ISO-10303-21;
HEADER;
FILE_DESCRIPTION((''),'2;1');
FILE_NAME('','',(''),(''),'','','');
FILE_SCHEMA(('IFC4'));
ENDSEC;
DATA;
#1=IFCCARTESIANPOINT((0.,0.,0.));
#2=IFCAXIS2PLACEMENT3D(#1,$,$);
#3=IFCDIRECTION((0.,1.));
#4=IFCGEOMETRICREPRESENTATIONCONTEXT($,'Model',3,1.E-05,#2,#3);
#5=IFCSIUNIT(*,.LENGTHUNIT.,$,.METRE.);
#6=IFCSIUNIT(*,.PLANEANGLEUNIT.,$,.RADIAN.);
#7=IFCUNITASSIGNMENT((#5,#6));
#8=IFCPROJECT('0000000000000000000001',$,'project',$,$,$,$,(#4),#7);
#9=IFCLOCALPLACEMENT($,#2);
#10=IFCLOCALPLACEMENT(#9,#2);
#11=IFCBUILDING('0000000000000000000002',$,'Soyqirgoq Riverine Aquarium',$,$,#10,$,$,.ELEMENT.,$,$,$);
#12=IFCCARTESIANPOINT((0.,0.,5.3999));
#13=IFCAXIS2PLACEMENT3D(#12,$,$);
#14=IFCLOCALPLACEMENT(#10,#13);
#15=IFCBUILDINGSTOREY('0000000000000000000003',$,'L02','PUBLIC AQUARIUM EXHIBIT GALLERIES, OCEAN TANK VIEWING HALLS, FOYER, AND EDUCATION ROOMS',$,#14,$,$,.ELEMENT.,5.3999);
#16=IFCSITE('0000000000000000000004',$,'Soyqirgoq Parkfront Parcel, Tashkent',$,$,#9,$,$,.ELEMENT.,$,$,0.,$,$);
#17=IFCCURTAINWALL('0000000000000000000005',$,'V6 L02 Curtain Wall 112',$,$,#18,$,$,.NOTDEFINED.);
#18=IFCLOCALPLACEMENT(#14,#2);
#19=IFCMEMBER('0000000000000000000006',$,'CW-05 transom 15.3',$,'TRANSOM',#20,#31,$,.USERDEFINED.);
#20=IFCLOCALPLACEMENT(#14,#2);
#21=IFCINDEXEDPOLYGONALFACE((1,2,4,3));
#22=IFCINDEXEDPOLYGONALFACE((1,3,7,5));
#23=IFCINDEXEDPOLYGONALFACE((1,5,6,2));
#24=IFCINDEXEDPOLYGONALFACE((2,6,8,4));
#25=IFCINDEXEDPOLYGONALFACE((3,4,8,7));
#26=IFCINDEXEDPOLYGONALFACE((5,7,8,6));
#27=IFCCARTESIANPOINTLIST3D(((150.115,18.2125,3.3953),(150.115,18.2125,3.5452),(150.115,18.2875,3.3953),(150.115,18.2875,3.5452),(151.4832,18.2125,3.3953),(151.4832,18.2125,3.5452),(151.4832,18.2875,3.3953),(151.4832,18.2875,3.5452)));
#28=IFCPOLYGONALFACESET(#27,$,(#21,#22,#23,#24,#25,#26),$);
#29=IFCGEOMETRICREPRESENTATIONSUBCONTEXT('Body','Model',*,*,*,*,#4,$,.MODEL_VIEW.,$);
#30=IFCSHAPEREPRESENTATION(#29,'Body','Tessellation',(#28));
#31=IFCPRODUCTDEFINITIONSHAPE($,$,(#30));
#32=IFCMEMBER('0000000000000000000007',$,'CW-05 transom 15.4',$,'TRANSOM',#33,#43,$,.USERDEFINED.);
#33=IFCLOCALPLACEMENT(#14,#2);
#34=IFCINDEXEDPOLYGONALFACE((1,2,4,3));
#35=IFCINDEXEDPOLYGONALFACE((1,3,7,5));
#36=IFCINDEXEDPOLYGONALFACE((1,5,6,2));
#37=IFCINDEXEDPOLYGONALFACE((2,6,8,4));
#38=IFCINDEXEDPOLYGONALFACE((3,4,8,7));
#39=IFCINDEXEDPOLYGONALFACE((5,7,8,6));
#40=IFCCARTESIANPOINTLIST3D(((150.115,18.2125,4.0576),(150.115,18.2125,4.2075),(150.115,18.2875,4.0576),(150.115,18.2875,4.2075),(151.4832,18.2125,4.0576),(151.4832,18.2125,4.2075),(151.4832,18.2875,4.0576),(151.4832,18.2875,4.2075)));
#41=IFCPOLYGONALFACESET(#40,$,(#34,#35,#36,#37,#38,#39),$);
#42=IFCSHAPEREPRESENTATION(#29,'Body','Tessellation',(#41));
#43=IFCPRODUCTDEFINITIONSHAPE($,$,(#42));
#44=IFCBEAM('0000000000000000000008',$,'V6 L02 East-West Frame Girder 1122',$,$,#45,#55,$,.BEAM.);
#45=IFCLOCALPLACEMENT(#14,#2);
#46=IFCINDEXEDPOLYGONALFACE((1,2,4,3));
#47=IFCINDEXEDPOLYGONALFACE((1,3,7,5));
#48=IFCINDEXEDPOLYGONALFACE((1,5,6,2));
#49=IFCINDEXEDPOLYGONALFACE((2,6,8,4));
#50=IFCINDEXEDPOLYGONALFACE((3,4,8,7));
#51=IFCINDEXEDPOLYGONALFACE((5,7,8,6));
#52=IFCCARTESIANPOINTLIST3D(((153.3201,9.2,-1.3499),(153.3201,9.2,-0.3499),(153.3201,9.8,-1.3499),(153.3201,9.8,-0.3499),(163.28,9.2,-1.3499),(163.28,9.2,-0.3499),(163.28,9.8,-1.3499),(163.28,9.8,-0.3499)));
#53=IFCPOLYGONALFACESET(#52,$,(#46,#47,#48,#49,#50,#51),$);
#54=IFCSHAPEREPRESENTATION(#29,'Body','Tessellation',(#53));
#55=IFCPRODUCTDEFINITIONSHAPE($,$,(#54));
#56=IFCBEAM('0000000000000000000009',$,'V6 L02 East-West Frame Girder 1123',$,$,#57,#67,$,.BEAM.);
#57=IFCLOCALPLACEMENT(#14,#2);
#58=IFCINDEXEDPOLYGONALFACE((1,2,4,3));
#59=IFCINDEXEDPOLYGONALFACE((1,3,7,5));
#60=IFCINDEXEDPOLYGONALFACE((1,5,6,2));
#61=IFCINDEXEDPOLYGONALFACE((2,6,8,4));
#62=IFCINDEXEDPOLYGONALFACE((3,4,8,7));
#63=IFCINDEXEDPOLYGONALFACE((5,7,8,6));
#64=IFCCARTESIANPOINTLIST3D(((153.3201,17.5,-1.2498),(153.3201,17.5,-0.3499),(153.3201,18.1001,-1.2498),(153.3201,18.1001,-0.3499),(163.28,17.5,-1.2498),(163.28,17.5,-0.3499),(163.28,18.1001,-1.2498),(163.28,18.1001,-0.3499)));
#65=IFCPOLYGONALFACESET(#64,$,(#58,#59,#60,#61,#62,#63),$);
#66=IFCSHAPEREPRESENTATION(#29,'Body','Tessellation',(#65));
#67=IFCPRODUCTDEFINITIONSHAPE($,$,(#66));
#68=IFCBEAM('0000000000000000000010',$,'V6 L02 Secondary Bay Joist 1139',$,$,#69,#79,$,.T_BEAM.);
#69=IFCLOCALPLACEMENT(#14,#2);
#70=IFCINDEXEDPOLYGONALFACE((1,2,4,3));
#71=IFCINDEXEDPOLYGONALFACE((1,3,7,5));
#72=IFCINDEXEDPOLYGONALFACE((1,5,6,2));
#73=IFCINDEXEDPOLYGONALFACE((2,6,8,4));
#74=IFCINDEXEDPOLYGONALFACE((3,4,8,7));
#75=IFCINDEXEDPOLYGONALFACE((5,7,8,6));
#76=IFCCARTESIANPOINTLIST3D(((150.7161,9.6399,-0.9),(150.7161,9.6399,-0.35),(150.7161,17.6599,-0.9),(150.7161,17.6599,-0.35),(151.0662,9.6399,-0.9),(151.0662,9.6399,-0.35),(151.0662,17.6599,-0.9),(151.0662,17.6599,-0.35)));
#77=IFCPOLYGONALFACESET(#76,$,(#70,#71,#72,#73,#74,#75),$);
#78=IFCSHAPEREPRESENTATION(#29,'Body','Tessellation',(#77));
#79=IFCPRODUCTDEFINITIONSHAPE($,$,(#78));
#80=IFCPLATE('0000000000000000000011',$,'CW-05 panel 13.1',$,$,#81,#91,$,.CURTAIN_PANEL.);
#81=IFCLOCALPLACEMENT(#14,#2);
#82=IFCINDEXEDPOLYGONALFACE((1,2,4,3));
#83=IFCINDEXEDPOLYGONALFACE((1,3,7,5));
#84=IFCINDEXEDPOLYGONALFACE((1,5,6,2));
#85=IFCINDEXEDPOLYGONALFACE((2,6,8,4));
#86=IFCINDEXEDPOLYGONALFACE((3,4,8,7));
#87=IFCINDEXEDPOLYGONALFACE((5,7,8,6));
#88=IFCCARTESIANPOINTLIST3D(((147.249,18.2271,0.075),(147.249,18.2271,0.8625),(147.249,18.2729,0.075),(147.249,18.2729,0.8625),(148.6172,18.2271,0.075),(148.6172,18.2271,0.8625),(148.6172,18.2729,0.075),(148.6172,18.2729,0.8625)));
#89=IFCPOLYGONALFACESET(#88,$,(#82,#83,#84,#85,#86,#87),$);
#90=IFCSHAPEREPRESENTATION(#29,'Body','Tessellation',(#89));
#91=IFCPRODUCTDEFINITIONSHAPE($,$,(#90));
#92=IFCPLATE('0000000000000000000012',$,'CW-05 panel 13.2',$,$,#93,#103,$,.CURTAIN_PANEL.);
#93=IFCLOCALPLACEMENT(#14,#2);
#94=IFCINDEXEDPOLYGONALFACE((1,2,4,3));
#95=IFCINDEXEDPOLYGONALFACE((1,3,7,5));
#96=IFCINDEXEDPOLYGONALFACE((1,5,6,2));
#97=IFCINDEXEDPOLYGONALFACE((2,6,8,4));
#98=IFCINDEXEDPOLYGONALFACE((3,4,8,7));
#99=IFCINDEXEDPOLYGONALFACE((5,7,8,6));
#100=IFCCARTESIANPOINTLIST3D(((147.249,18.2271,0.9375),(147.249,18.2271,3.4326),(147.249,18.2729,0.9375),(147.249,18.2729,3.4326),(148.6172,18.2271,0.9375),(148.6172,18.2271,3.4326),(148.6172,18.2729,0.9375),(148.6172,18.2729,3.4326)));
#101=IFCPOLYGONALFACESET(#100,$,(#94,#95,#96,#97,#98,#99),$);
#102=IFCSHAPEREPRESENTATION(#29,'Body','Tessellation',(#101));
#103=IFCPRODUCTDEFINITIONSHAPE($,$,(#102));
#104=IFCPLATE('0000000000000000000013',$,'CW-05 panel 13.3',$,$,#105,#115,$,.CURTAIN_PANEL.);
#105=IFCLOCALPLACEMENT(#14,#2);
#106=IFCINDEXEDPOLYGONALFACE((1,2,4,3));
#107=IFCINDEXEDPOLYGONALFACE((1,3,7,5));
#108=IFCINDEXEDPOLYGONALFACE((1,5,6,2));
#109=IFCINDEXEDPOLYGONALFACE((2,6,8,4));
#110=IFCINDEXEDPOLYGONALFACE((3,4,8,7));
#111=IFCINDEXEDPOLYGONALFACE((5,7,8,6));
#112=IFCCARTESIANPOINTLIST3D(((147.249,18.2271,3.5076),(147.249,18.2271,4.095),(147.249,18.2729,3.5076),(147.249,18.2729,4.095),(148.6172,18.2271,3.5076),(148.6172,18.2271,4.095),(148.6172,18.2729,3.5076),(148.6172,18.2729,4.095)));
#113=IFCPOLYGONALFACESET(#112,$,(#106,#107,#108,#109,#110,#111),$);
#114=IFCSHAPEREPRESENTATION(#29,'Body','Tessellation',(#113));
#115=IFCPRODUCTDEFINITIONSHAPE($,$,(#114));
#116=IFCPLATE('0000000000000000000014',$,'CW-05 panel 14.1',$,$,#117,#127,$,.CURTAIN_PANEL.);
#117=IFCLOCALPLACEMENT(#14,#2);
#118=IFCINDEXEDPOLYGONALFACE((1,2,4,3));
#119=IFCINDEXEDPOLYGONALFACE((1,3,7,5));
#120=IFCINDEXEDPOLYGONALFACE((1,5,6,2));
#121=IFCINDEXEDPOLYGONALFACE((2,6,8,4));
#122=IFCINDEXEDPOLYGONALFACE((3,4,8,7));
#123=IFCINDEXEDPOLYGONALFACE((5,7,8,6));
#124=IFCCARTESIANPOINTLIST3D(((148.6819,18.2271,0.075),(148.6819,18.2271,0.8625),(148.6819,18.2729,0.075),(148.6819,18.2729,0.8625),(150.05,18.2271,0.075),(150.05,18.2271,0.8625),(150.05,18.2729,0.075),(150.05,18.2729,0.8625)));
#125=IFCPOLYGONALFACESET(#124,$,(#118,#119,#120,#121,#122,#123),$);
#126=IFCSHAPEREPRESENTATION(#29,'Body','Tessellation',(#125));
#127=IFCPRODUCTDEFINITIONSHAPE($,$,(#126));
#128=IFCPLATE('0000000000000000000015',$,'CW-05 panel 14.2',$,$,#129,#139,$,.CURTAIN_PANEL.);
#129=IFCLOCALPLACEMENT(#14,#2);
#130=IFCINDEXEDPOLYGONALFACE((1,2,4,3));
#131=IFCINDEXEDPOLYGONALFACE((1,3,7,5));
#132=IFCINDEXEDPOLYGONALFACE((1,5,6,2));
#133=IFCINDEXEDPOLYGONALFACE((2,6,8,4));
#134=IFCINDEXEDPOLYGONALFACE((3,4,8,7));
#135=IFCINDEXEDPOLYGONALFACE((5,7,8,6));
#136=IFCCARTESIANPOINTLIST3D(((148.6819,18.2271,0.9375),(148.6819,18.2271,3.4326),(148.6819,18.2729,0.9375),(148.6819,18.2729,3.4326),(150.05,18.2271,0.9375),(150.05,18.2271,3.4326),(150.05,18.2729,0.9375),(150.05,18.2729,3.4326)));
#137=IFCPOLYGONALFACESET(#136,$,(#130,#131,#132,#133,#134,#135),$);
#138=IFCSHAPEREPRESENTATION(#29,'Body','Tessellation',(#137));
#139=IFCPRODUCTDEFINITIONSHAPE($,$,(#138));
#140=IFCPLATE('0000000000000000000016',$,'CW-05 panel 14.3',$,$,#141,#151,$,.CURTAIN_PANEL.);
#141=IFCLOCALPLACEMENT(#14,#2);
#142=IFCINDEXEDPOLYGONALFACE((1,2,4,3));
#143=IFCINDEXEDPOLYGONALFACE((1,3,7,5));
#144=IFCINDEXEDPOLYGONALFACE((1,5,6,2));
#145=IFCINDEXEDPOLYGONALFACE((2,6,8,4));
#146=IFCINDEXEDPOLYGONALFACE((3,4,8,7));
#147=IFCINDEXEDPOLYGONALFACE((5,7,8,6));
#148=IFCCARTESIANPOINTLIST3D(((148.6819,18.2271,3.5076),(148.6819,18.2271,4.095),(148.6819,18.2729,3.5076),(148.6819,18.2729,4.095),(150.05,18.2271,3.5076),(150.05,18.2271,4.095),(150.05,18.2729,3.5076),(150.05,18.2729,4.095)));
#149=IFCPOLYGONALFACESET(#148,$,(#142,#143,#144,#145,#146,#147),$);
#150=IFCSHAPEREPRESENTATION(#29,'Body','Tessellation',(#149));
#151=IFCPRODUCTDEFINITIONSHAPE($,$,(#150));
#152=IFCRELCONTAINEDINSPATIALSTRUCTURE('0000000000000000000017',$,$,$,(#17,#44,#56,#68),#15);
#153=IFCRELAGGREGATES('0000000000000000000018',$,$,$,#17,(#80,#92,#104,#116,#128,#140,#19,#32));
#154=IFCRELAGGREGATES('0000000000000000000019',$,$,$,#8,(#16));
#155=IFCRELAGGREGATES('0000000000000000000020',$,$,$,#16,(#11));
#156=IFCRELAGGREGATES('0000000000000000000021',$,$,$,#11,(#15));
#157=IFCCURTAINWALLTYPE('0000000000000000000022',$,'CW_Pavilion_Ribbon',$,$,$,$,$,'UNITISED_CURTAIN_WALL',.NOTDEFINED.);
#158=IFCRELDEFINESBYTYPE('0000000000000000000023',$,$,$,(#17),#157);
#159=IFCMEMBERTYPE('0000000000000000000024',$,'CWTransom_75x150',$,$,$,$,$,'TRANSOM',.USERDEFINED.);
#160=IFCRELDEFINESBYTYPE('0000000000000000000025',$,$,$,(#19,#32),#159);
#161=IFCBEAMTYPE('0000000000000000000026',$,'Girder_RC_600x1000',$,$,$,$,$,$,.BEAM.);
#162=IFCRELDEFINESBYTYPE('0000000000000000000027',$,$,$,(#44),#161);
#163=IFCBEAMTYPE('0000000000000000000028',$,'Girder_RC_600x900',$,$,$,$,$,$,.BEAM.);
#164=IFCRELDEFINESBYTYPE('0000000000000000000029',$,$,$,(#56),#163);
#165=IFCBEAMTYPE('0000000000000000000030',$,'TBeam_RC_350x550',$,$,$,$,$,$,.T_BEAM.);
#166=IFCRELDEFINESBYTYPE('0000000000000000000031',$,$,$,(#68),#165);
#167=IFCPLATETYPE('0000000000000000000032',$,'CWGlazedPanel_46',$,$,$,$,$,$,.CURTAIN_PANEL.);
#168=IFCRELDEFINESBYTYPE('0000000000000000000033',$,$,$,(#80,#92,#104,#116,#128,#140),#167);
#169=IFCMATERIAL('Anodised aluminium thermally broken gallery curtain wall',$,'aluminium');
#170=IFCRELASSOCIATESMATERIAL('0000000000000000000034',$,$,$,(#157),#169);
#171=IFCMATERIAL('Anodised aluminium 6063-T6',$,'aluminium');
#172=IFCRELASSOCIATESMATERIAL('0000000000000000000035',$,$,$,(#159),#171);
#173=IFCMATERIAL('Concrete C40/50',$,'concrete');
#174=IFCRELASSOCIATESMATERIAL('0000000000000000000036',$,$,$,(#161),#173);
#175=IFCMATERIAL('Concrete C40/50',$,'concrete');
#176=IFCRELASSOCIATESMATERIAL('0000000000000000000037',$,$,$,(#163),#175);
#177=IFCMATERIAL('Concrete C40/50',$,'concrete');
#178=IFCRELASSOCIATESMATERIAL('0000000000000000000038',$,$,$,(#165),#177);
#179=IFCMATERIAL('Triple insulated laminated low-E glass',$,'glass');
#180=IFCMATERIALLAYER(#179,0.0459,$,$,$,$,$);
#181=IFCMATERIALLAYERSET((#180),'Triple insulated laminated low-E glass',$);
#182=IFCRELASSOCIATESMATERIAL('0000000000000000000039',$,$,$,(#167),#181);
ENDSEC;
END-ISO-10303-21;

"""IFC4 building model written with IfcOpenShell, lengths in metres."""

from ifc_helpers import new_model, si_unit, direction, frame, origin, origin_2d, place, context, subcontext, project, spatial, rectangle, extrude, material, layer, layer_set, material_profile, profile_set, type_object, element, aggregate, save


model = new_model("IFC4")

# Units and contexts
model_context = context("Model", 3, precision=1e-05, world=origin(), true_north=direction((0.0, 1.0)))
body_context = subcontext(model_context, "Body", "Model", "MODEL_VIEW")
ifc_project = project(units=[si_unit("LENGTHUNIT", "METRE"), si_unit("PLANEANGLEUNIT", "RADIAN")], contexts=[model_context])

# Site, building, storey
site_placement = place(None, origin())
site = spatial("IfcSite", under=ifc_project, at=site_placement, Name="Soyqirgoq Parkfront Parcel, Tashkent", CompositionType="ELEMENT", RefElevation=0.0)
building_placement = place(site_placement, origin())
building = spatial("IfcBuilding", under=site, at=building_placement, Name="Soyqirgoq Riverine Aquarium", CompositionType="ELEMENT")
storey_placement = place(building_placement, frame((0.0, 0.0, 5.3999)))
storey = spatial("IfcBuildingStorey", under=building, at=storey_placement, Name="L02", Description="PUBLIC AQUARIUM EXHIBIT GALLERIES, OCEAN TANK VIEWING HALLS, FOYER, AND EDUCATION ROOMS", CompositionType="ELEMENT", Elevation=5.3999)

# Curtain wall, members
ifc_material_1 = material(Name="Anodised aluminium thermally broken gallery curtain wall", Category="aluminium")
curtain_wall_type = type_object("IfcCurtainWallType", Name="CW_Pavilion_Ribbon", ElementType="UNITISED_CURTAIN_WALL", PredefinedType="NOTDEFINED", material=ifc_material_1)
curtain_wall_placement = place(storey_placement, origin())
curtain_wall = element("IfcCurtainWall", 1, at=curtain_wall_placement, inside=storey, type_object=curtain_wall_type, Name="V6 L02 Curtain Wall 112", PredefinedType="NOTDEFINED")
ifc_material_2 = material(Name="Anodised aluminium 6063-T6", Category="aluminium")
ifc_material_profile_1 = material_profile(ifc_material_2, rectangle(XDim=0.075, YDim=0.1499, at=origin_2d()), Name="ALU-T 75x150")
ifc_profile_set_1 = profile_set([ifc_material_profile_1], Name="Anodised aluminium 6063-T6")
member_type_1 = type_object("IfcMemberType", Name="CWTransom_75x150", ElementType="TRANSOM", PredefinedType="USERDEFINED", material=ifc_profile_set_1)
member_1_placement = place(storey_placement, frame((150.115, 18.25, 3.4702), z_axis=(1.0, 0.0, 0.0), x_axis=(0.0, 1.0, 0.0)))
member_1 = element("IfcMember", 2, at=member_1_placement, type_object=member_type_1, Name="CW-05 transom 15.3", ObjectType="TRANSOM", PredefinedType="USERDEFINED", context=body_context, shape_type="SweptSolid", body=[
    extrude(rectangle(XDim=0.075, YDim=0.1499, at=origin_2d()), origin(), (0.0, 0.0, 1.0), 1.3682),
])
member_2_placement = place(storey_placement, frame((150.115, 18.25, 4.1326), z_axis=(1.0, 0.0, 0.0), x_axis=(0.0, 1.0, 0.0)))
member_2 = element("IfcMember", 3, at=member_2_placement, type_object=member_type_1, Name="CW-05 transom 15.4", ObjectType="TRANSOM", PredefinedType="USERDEFINED", context=body_context, shape_type="SweptSolid", body=[
    extrude(rectangle(XDim=0.075, YDim=0.1499, at=origin_2d()), origin(), (0.0, 0.0, 1.0), 1.3682),
])

# Beams
ifc_material_3 = material(Name="Concrete C40/50", Category="concrete")
ifc_material_profile_2 = material_profile(ifc_material_3, rectangle(XDim=0.6001, YDim=1.0, at=origin_2d()), Name="RC 600x1000")
ifc_profile_set_2 = profile_set([ifc_material_profile_2], Name="Concrete C40/50")
beam_type_1 = type_object("IfcBeamType", Name="Girder_RC_600x1000", PredefinedType="BEAM", material=ifc_profile_set_2)
beam_1_placement = place(storey_placement, frame((153.3201, 9.5, -0.8499), z_axis=(1.0, 0.0, 0.0), x_axis=(0.0, 1.0, 0.0)))
element("IfcBeam", 4, at=beam_1_placement, inside=storey, type_object=beam_type_1, Name="V6 L02 East-West Frame Girder 1122", PredefinedType="BEAM", context=body_context, shape_type="SweptSolid", body=[
    extrude(rectangle(XDim=0.6001, YDim=1.0, at=origin_2d()), origin(), (0.0, 0.0, 1.0), 9.96),
])
ifc_material_4 = material(Name="Concrete C40/50", Category="concrete")
ifc_material_profile_3 = material_profile(ifc_material_4, rectangle(XDim=0.6001, YDim=0.8999, at=origin_2d()), Name="RC 600x900")
ifc_profile_set_3 = profile_set([ifc_material_profile_3], Name="Concrete C40/50")
beam_type_2 = type_object("IfcBeamType", Name="Girder_RC_600x900", PredefinedType="BEAM", material=ifc_profile_set_3)
beam_2_placement = place(storey_placement, frame((153.3201, 17.8, -0.7998), z_axis=(1.0, 0.0, 0.0), x_axis=(0.0, 1.0, 0.0)))
element("IfcBeam", 5, at=beam_2_placement, inside=storey, type_object=beam_type_2, Name="V6 L02 East-West Frame Girder 1123", PredefinedType="BEAM", context=body_context, shape_type="SweptSolid", body=[
    extrude(rectangle(XDim=0.6001, YDim=0.8999, at=origin_2d()), origin(), (0.0, 0.0, 1.0), 9.96),
])
ifc_material_5 = material(Name="Concrete C40/50", Category="concrete")
ifc_material_profile_4 = material_profile(ifc_material_5, rectangle(XDim=0.3501, YDim=0.55, at=origin_2d()), Name="RC 350x550")
ifc_profile_set_4 = profile_set([ifc_material_profile_4], Name="Concrete C40/50")
beam_type_3 = type_object("IfcBeamType", Name="TBeam_RC_350x550", PredefinedType="T_BEAM", material=ifc_profile_set_4)
beam_3_placement = place(storey_placement, frame((150.8911, 9.6399, -0.625), z_axis=(0.0, 1.0, 0.0), x_axis=(-1.0, 0.0, 0.0)))
element("IfcBeam", 6, at=beam_3_placement, inside=storey, type_object=beam_type_3, Name="V6 L02 Secondary Bay Joist 1139", PredefinedType="T_BEAM", context=body_context, shape_type="SweptSolid", body=[
    extrude(rectangle(XDim=0.3501, YDim=0.55, at=origin_2d()), origin(), (0.0, 0.0, 1.0), 8.02),
])

# Plates
ifc_material_6 = material(Name="Triple insulated laminated low-E glass", Category="glass")
ifc_layer = layer(ifc_material_6, 0.0459)
ifc_layer_set = layer_set([ifc_layer], Name="Triple insulated laminated low-E glass")
plate_type = type_object("IfcPlateType", Name="CWGlazedPanel_46", PredefinedType="CURTAIN_PANEL", material=ifc_layer_set)
plate_1_placement = place(storey_placement, frame((147.9331, 18.25, 0.075), z_axis=(0.0, 0.0, 1.0), x_axis=(1.0, 0.0, 0.0)))
plate_1 = element("IfcPlate", 7, at=plate_1_placement, type_object=plate_type, Name="CW-05 panel 13.1", PredefinedType="CURTAIN_PANEL", context=body_context, shape_type="SweptSolid", body=[
    extrude(rectangle(XDim=1.3682, YDim=0.0459, at=origin_2d()), origin(), (0.0, 0.0, 1.0), 0.7876),
])
plate_2_placement = place(storey_placement, frame((147.9331, 18.25, 0.9375), z_axis=(0.0, 0.0, 1.0), x_axis=(1.0, 0.0, 0.0)))
plate_2 = element("IfcPlate", 8, at=plate_2_placement, type_object=plate_type, Name="CW-05 panel 13.2", PredefinedType="CURTAIN_PANEL", context=body_context, shape_type="SweptSolid", body=[
    extrude(rectangle(XDim=1.3682, YDim=0.0459, at=origin_2d()), origin(), (0.0, 0.0, 1.0), 2.4951),
])
plate_3_placement = place(storey_placement, frame((147.9331, 18.25, 3.5076), z_axis=(0.0, 0.0, 1.0), x_axis=(1.0, 0.0, 0.0)))
plate_3 = element("IfcPlate", 9, at=plate_3_placement, type_object=plate_type, Name="CW-05 panel 13.3", PredefinedType="CURTAIN_PANEL", context=body_context, shape_type="SweptSolid", body=[
    extrude(rectangle(XDim=1.3682, YDim=0.0459, at=origin_2d()), origin(), (0.0, 0.0, 1.0), 0.5874),
])
plate_4_placement = place(storey_placement, frame((149.366, 18.25, 0.075), z_axis=(0.0, 0.0, 1.0), x_axis=(1.0, 0.0, 0.0)))
plate_4 = element("IfcPlate", 10, at=plate_4_placement, type_object=plate_type, Name="CW-05 panel 14.1", PredefinedType="CURTAIN_PANEL", context=body_context, shape_type="SweptSolid", body=[
    extrude(rectangle(XDim=1.3682, YDim=0.0459, at=origin_2d()), origin(), (0.0, 0.0, 1.0), 0.7876),
])
plate_5_placement = place(storey_placement, frame((149.366, 18.25, 0.9375), z_axis=(0.0, 0.0, 1.0), x_axis=(1.0, 0.0, 0.0)))
plate_5 = element("IfcPlate", 11, at=plate_5_placement, type_object=plate_type, Name="CW-05 panel 14.2", PredefinedType="CURTAIN_PANEL", context=body_context, shape_type="SweptSolid", body=[
    extrude(rectangle(XDim=1.3682, YDim=0.0459, at=origin_2d()), origin(), (0.0, 0.0, 1.0), 2.4951),
])
plate_6_placement = place(storey_placement, frame((149.366, 18.25, 3.5076), z_axis=(0.0, 0.0, 1.0), x_axis=(1.0, 0.0, 0.0)))
plate_6 = element("IfcPlate", 12, at=plate_6_placement, type_object=plate_type, Name="CW-05 panel 14.3", PredefinedType="CURTAIN_PANEL", context=body_context, shape_type="SweptSolid", body=[
    extrude(rectangle(XDim=1.3682, YDim=0.0459, at=origin_2d()), origin(), (0.0, 0.0, 1.0), 0.5874),
])
aggregate(curtain_wall, [plate_1, plate_2, plate_3, plate_4, plate_5, plate_6, member_1, member_2])

save(model, "model.ifc")
